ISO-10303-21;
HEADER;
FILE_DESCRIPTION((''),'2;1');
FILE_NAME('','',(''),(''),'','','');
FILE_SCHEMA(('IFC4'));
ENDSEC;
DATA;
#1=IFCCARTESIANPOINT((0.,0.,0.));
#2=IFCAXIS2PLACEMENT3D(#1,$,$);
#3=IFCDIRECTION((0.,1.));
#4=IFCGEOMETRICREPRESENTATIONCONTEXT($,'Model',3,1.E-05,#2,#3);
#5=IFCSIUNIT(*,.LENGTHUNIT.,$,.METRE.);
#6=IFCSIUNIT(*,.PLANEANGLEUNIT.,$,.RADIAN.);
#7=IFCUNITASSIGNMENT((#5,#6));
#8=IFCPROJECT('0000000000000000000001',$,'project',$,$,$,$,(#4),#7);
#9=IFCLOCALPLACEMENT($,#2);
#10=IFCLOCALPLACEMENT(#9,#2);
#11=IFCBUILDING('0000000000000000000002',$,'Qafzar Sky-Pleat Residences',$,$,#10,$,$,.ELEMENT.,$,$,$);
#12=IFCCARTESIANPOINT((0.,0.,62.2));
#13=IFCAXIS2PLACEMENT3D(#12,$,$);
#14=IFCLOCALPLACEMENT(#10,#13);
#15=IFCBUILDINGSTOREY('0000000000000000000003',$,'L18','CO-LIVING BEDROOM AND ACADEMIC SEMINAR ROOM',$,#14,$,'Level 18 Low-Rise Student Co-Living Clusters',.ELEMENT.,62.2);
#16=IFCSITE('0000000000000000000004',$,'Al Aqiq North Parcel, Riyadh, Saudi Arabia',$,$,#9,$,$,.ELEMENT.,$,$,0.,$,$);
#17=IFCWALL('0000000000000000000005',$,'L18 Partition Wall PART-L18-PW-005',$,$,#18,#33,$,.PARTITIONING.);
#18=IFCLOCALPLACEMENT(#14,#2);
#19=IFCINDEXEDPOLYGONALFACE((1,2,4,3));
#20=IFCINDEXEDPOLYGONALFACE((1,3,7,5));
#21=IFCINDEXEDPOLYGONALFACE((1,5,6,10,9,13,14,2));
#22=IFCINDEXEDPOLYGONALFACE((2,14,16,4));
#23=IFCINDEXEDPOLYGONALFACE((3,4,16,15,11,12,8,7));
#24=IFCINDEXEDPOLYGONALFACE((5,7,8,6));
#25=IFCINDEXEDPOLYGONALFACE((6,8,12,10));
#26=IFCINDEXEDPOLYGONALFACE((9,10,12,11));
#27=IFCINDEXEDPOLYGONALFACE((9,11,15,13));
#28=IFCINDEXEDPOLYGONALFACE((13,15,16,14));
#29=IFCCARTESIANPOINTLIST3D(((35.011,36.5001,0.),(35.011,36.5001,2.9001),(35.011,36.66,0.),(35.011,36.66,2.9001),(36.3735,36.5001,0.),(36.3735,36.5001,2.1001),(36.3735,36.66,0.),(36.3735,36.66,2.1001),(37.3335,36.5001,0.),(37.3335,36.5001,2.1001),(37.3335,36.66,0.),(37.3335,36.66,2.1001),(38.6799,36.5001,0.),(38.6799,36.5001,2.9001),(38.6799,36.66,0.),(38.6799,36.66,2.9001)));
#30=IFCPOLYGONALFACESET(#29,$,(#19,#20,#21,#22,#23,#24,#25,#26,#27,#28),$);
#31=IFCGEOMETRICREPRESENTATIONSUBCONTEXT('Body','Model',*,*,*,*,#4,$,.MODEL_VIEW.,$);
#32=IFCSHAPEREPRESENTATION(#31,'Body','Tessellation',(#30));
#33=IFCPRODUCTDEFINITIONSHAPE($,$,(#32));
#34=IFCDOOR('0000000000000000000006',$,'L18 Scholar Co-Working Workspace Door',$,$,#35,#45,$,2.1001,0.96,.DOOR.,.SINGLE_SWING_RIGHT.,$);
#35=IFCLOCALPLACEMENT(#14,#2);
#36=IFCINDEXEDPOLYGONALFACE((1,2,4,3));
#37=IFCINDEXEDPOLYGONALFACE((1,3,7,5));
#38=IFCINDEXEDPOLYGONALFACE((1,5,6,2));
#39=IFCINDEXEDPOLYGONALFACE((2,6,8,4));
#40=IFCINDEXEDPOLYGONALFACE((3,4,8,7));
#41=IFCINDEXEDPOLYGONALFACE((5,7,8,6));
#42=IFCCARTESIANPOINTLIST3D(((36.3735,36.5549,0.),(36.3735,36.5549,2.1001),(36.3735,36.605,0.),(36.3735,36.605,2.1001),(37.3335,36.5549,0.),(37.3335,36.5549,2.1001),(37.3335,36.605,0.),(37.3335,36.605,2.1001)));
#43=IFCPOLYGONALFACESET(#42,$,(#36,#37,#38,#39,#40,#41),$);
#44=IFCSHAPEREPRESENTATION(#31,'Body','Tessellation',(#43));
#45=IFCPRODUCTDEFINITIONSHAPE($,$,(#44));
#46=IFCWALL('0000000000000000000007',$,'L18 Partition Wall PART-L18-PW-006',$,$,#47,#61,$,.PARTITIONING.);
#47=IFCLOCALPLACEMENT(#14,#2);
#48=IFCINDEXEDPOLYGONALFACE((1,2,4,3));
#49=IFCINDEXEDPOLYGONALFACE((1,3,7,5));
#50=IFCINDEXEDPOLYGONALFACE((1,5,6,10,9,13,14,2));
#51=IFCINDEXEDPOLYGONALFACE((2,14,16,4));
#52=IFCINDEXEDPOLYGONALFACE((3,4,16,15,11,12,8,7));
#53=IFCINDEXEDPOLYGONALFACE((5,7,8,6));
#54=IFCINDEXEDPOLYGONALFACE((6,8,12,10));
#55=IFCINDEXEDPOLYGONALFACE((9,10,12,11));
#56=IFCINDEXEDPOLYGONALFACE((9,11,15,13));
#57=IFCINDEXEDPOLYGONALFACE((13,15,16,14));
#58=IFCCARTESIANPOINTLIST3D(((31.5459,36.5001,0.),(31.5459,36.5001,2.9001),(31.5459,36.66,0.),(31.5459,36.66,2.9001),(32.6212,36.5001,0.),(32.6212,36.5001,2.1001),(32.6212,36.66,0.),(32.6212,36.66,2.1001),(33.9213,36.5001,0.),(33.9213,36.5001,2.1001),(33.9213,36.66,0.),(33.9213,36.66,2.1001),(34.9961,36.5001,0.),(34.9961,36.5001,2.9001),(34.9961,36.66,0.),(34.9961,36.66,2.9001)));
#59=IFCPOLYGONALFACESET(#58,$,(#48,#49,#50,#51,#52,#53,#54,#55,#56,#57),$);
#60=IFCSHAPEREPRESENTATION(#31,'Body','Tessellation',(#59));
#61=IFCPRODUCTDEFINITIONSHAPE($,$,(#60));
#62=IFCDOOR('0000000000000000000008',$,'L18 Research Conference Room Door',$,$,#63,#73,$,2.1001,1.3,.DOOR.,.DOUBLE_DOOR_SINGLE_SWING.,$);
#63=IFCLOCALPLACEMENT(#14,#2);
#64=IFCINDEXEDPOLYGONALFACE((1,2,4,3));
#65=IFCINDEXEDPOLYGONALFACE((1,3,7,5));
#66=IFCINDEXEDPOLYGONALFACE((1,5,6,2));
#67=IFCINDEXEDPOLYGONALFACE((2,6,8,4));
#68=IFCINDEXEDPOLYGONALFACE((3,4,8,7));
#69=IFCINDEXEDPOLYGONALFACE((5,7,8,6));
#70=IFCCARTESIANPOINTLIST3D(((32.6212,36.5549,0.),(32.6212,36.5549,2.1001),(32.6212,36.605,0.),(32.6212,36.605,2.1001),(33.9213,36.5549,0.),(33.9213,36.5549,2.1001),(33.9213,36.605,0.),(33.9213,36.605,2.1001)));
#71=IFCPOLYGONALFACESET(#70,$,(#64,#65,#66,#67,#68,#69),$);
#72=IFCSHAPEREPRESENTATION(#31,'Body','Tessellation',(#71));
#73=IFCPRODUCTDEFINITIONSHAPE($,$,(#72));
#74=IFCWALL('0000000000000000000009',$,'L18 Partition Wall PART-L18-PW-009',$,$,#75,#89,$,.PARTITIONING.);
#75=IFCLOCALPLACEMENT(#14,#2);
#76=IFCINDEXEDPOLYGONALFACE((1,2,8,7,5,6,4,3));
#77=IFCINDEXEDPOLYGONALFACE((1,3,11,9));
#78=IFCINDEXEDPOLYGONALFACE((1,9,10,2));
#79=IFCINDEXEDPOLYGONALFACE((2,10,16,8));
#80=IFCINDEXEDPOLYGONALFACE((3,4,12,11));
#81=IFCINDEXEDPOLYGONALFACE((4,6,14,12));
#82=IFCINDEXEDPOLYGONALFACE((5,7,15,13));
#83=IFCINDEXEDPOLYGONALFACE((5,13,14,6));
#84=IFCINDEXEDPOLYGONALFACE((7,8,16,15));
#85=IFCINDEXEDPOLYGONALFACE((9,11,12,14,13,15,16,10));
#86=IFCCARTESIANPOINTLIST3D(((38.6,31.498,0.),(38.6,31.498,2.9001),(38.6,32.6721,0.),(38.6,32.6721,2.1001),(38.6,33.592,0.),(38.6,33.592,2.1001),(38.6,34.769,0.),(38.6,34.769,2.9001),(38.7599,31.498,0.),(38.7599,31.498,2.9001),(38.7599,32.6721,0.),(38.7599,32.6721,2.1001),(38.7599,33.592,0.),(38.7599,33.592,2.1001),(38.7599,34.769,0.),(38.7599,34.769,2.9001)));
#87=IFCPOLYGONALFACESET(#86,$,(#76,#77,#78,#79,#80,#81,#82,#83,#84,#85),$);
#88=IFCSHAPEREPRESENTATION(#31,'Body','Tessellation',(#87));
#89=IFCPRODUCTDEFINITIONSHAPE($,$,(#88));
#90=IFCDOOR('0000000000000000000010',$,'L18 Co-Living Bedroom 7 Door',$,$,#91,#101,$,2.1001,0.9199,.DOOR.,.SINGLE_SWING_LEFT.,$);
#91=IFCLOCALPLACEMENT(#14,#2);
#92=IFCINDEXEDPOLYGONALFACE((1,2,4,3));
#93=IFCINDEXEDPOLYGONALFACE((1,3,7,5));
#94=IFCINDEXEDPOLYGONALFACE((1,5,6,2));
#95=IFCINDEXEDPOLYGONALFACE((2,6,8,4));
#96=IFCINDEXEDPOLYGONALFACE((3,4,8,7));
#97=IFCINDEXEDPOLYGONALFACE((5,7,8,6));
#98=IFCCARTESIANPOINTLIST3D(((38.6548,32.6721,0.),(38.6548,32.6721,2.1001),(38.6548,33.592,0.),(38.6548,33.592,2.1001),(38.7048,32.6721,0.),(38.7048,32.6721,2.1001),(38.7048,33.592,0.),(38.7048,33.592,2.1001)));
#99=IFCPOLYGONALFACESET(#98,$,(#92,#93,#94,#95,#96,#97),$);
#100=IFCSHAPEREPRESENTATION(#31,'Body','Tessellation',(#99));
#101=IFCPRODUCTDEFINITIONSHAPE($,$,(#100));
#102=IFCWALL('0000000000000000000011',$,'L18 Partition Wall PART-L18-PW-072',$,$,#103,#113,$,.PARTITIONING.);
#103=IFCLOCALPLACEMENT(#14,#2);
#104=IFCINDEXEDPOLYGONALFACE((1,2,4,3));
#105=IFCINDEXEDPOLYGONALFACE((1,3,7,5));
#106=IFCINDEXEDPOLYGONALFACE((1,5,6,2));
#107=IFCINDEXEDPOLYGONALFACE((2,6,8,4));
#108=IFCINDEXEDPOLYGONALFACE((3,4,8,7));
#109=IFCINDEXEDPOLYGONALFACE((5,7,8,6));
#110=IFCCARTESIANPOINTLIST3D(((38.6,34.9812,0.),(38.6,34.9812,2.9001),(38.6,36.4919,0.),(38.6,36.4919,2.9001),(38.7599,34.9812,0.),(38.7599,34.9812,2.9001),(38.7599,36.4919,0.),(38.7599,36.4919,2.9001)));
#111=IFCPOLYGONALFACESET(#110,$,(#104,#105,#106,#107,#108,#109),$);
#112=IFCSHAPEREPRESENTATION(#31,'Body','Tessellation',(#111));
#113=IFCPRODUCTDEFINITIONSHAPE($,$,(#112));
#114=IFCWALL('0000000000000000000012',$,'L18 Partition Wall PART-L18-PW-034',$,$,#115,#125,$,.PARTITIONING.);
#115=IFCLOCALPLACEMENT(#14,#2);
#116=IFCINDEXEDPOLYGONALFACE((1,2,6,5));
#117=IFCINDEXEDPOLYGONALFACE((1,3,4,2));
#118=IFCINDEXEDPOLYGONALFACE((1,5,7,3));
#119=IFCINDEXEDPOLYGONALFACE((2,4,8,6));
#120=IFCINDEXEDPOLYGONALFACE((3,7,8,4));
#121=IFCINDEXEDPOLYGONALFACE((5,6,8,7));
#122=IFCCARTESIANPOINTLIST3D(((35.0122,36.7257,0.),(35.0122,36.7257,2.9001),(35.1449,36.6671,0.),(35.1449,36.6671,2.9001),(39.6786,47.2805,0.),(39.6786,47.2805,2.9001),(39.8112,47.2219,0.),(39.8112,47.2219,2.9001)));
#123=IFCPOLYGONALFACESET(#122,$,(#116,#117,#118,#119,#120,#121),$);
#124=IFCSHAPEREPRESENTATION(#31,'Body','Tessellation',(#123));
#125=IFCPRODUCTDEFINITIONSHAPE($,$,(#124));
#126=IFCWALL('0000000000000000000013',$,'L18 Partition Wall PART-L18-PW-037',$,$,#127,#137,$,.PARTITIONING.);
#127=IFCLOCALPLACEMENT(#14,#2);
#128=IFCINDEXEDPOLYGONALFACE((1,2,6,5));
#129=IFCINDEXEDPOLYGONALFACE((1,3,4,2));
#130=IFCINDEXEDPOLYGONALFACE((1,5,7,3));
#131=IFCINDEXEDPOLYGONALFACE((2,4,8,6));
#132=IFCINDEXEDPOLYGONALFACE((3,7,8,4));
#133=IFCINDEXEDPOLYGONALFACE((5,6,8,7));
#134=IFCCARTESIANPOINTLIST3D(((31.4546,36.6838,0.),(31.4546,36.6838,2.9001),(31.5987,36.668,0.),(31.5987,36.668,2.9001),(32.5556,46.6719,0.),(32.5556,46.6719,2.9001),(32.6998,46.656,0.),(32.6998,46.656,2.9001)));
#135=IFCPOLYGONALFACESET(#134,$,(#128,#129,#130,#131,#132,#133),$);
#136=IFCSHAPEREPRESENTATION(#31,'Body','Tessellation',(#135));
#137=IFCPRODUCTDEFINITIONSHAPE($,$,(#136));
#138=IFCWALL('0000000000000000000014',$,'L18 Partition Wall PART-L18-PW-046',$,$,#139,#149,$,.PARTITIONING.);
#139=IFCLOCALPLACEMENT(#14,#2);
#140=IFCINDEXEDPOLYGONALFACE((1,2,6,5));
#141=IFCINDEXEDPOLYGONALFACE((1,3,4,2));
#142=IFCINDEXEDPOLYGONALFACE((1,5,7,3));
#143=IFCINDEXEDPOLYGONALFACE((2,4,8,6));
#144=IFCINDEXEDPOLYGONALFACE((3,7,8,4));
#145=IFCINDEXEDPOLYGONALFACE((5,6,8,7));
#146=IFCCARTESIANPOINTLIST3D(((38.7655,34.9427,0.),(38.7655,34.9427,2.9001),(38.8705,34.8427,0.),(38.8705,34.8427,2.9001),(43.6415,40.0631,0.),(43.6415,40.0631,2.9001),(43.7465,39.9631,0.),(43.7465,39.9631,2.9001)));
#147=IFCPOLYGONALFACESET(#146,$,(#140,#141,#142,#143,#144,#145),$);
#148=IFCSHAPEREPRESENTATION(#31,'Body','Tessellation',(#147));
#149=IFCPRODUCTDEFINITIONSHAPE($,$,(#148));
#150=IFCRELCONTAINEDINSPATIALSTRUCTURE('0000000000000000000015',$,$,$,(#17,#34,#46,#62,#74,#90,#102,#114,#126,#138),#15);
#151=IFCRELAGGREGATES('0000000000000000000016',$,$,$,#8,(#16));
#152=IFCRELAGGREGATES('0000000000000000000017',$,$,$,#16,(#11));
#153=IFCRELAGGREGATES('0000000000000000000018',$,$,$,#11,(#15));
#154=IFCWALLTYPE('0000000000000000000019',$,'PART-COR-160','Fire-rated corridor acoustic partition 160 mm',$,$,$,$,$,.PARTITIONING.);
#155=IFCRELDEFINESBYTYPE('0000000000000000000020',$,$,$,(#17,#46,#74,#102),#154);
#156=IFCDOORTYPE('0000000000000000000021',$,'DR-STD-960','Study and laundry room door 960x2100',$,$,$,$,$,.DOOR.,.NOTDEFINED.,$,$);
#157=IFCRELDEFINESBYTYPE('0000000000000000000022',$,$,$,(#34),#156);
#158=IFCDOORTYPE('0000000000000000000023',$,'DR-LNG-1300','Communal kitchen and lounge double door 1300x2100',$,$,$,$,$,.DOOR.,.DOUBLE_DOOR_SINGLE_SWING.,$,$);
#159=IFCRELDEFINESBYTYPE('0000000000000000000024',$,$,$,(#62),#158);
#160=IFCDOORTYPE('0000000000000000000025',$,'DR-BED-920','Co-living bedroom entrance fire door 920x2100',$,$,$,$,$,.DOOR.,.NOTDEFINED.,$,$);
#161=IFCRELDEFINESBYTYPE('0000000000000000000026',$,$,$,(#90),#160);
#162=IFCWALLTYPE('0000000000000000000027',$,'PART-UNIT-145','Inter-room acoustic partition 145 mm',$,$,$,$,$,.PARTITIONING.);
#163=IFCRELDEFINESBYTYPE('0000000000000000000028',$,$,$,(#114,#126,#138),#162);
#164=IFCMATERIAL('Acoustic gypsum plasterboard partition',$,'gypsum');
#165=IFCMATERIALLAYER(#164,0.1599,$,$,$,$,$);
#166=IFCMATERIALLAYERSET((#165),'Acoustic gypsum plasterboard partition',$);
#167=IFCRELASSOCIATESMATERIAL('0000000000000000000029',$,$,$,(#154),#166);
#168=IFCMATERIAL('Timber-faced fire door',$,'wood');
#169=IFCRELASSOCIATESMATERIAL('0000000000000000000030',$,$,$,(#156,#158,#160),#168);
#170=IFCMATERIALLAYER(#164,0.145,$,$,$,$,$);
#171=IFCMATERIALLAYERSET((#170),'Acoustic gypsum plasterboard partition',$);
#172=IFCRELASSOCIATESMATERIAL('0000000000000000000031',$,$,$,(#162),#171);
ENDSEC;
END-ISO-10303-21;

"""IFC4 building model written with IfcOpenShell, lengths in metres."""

from ifc_helpers import new_model, si_unit, direction, frame, frame_2d, origin, place, context, subcontext, project, spatial, rectangle, extrude, source, transform, mapped, material, layer, layer_set, type_object, element, fill, save


model = new_model("IFC4")

# Units and contexts
model_context = context("Model", 3, precision=1e-05, world=origin(), true_north=direction((0.0, 1.0)))
body_context = subcontext(model_context, "Body", "Model", "MODEL_VIEW")
ifc_project = project(units=[si_unit("LENGTHUNIT", "METRE"), si_unit("PLANEANGLEUNIT", "RADIAN")], contexts=[model_context])

# Site, building, storey
site_placement = place(None, origin())
site = spatial("IfcSite", under=ifc_project, at=site_placement, Name="Al Aqiq North Parcel, Riyadh, Saudi Arabia", CompositionType="ELEMENT", RefElevation=0.0)
building_placement = place(site_placement, origin())
building = spatial("IfcBuilding", under=site, at=building_placement, Name="Qafzar Sky-Pleat Residences", CompositionType="ELEMENT")
storey_placement = place(building_placement, frame((0.0, 0.0, 62.2)))
storey = spatial("IfcBuildingStorey", under=building, at=storey_placement, Name="L18", Description="CO-LIVING BEDROOM AND ACADEMIC SEMINAR ROOM", LongName="Level 18 Low-Rise Student Co-Living Clusters", CompositionType="ELEMENT", Elevation=62.2)

# Walls, openings, doors
ifc_material_1 = material(Name="Acoustic gypsum plasterboard partition", Category="gypsum")
ifc_layer_1 = layer(ifc_material_1, 0.1599)
ifc_layer_set_1 = layer_set([ifc_layer_1], Name="Acoustic gypsum plasterboard partition")
wall_type_1 = type_object("IfcWallType", Name="PART-COR-160", Description="Fire-rated corridor acoustic partition 160 mm", PredefinedType="PARTITIONING", material=ifc_layer_set_1)
wall_1_placement = place(storey_placement, frame((35.011, 36.5801, 0.0), z_axis=(0.0, 0.0, 1.0), x_axis=(1.0, 0.0, 0.0)))
wall_1 = element("IfcWall", 1, at=wall_1_placement, inside=storey, type_object=wall_type_1, Name="L18 Partition Wall PART-L18-PW-005", PredefinedType="PARTITIONING", context=body_context, shape_type="SweptSolid", body=[
    extrude(rectangle(XDim=3.6689, YDim=0.1599, at=frame_2d((1.8345, 0.0))), origin(), (0.0, 0.0, 1.0), 2.9001),
])
opening_1_placement = place(wall_1_placement, frame((1.3625, 0.0, 0.0)))
opening_1 = element("IfcOpeningElement", 2, at=opening_1_placement, cuts=wall_1, PredefinedType="OPENING", context=body_context, shape_type="SweptSolid", body=[
    extrude(rectangle(XDim=0.96, YDim=2.1001, at=frame_2d((0.48, 1.05))), frame((0.0, 0.0898, 0.0), z_axis=(0.0, -1.0, 0.0), x_axis=(1.0, 0.0, 0.0)), (0.0, 0.0, 1.0), 0.1799),
])
ifc_material_2 = material(Name="Timber-faced fire door", Category="wood")
door_type_1 = type_object("IfcDoorType", Name="DR-STD-960", Description="Study and laundry room door 960x2100", OperationType="NOTDEFINED", PredefinedType="DOOR", material=ifc_material_2)
shared_shape_1 = source(origin(), body_context, "Body", "SweptSolid", [
    extrude(rectangle(XDim=0.96, YDim=2.1001, at=frame_2d((0.48, 1.05))), frame((0.0, 0.0249, 0.0), z_axis=(0.0, -1.0, 0.0), x_axis=(1.0, 0.0, 0.0)), (0.0, 0.0, 1.0), 0.05),
])
door_1_placement = place(opening_1_placement, origin())
door_1 = element("IfcDoor", 3, at=door_1_placement, inside=storey, type_object=door_type_1, Name="L18 Scholar Co-Working Workspace Door", OperationType="SINGLE_SWING_RIGHT", OverallHeight=2.1001, OverallWidth=0.96, PredefinedType="DOOR", context=body_context, shape_type="MappedRepresentation", body=[
    mapped(shared_shape_1, transform((0.0, 0.0, 0.0), x_axis=(1.0, 0.0, 0.0), y_axis=(0.0, 1.0, 0.0), z_axis=(0.0, 0.0, 1.0), scale=1.0)),
])
fill(opening_1, door_1)
wall_2_placement = place(storey_placement, frame((31.5459, 36.5801, 0.0), z_axis=(0.0, 0.0, 1.0), x_axis=(1.0, 0.0, 0.0)))
wall_2 = element("IfcWall", 4, at=wall_2_placement, inside=storey, type_object=wall_type_1, Name="L18 Partition Wall PART-L18-PW-006", PredefinedType="PARTITIONING", context=body_context, shape_type="SweptSolid", body=[
    extrude(rectangle(XDim=3.4502, YDim=0.1599, at=frame_2d((1.7251, 0.0))), origin(), (0.0, 0.0, 1.0), 2.9001),
])
opening_2_placement = place(wall_2_placement, frame((1.0754, 0.0, 0.0)))
opening_2 = element("IfcOpeningElement", 5, at=opening_2_placement, cuts=wall_2, PredefinedType="OPENING", context=body_context, shape_type="SweptSolid", body=[
    extrude(rectangle(XDim=1.3, YDim=2.1001, at=frame_2d((0.6499, 1.05))), frame((0.0, 0.0898, 0.0), z_axis=(0.0, -1.0, 0.0), x_axis=(1.0, 0.0, 0.0)), (0.0, 0.0, 1.0), 0.1799),
])
door_type_2 = type_object("IfcDoorType", Name="DR-LNG-1300", Description="Communal kitchen and lounge double door 1300x2100", OperationType="DOUBLE_DOOR_SINGLE_SWING", PredefinedType="DOOR", material=ifc_material_2)
shared_shape_2 = source(origin(), body_context, "Body", "SweptSolid", [
    extrude(rectangle(XDim=1.3, YDim=2.1001, at=frame_2d((0.6499, 1.05))), frame((0.0, 0.0249, 0.0), z_axis=(0.0, -1.0, 0.0), x_axis=(1.0, 0.0, 0.0)), (0.0, 0.0, 1.0), 0.05),
])
door_2_placement = place(opening_2_placement, origin())
door_2 = element("IfcDoor", 6, at=door_2_placement, inside=storey, type_object=door_type_2, Name="L18 Research Conference Room Door", OperationType="DOUBLE_DOOR_SINGLE_SWING", OverallHeight=2.1001, OverallWidth=1.3, PredefinedType="DOOR", context=body_context, shape_type="MappedRepresentation", body=[
    mapped(shared_shape_2, transform((0.0, 0.0, 0.0), x_axis=(1.0, 0.0, 0.0), y_axis=(0.0, 1.0, 0.0), z_axis=(0.0, 0.0, 1.0), scale=1.0)),
])
fill(opening_2, door_2)
wall_3_placement = place(storey_placement, frame((38.6799, 34.769, 0.0), z_axis=(0.0, 0.0, 1.0), x_axis=(0.0, -1.0, 0.0)))
wall_3 = element("IfcWall", 7, at=wall_3_placement, inside=storey, type_object=wall_type_1, Name="L18 Partition Wall PART-L18-PW-009", PredefinedType="PARTITIONING", context=body_context, shape_type="SweptSolid", body=[
    extrude(rectangle(XDim=3.271, YDim=0.1599, at=frame_2d((1.6355, 0.0))), origin(), (0.0, 0.0, 1.0), 2.9001),
])
opening_3_placement = place(wall_3_placement, frame((1.177, 0.0, 0.0)))
opening_3 = element("IfcOpeningElement", 8, at=opening_3_placement, cuts=wall_3, PredefinedType="OPENING", context=body_context, shape_type="SweptSolid", body=[
    extrude(rectangle(XDim=0.9199, YDim=2.1001, at=frame_2d((0.46, 1.05))), frame((0.0, 0.0898, 0.0), z_axis=(0.0, -1.0, 0.0), x_axis=(1.0, 0.0, 0.0)), (0.0, 0.0, 1.0), 0.1799),
])
door_type_3 = type_object("IfcDoorType", Name="DR-BED-920", Description="Co-living bedroom entrance fire door 920x2100", OperationType="NOTDEFINED", PredefinedType="DOOR", material=ifc_material_2)
shared_shape_3 = source(origin(), body_context, "Body", "SweptSolid", [
    extrude(rectangle(XDim=0.9199, YDim=2.1001, at=frame_2d((0.46, 1.05))), frame((0.0, 0.0249, 0.0), z_axis=(0.0, -1.0, 0.0), x_axis=(1.0, 0.0, 0.0)), (0.0, 0.0, 1.0), 0.05),
])
door_3_placement = place(opening_3_placement, origin())
door_3 = element("IfcDoor", 9, at=door_3_placement, inside=storey, type_object=door_type_3, Name="L18 Co-Living Bedroom 7 Door", OperationType="SINGLE_SWING_LEFT", OverallHeight=2.1001, OverallWidth=0.9199, PredefinedType="DOOR", context=body_context, shape_type="MappedRepresentation", body=[
    mapped(shared_shape_3, transform((0.0, 0.0, 0.0), x_axis=(1.0, 0.0, 0.0), y_axis=(0.0, 1.0, 0.0), z_axis=(0.0, 0.0, 1.0), scale=1.0)),
])
fill(opening_3, door_3)

# Walls
wall_4_placement = place(storey_placement, frame((38.6799, 34.9812, 0.0), z_axis=(0.0, 0.0, 1.0), x_axis=(0.0, 1.0, 0.0)))
element("IfcWall", 10, at=wall_4_placement, inside=storey, type_object=wall_type_1, Name="L18 Partition Wall PART-L18-PW-072", PredefinedType="PARTITIONING", context=body_context, shape_type="SweptSolid", body=[
    extrude(rectangle(XDim=1.5107, YDim=0.1599, at=frame_2d((0.7554, 0.0))), origin(), (0.0, 0.0, 1.0), 2.9001),
])
ifc_layer_2 = layer(ifc_material_1, 0.145)
ifc_layer_set_2 = layer_set([ifc_layer_2], Name="Acoustic gypsum plasterboard partition")
wall_type_2 = type_object("IfcWallType", Name="PART-UNIT-145", Description="Inter-room acoustic partition 145 mm", PredefinedType="PARTITIONING", material=ifc_layer_set_2)
wall_5_placement = place(storey_placement, frame((35.0786, 36.6965, 0.0), z_axis=(0.0, 0.0, 1.0), x_axis=(0.404349, 0.914605, 0.0)))
element("IfcWall", 11, at=wall_5_placement, inside=storey, type_object=wall_type_2, Name="L18 Partition Wall PART-L18-PW-034", PredefinedType="PARTITIONING", context=body_context, shape_type="SweptSolid", body=[
    extrude(rectangle(XDim=11.5403, YDim=0.145, at=frame_2d((5.77, 0.0))), origin(), (0.0, 0.0, 1.0), 2.9001),
])
wall_6_placement = place(storey_placement, frame((31.5266, 36.6758, 0.0), z_axis=(0.0, 0.0, 1.0), x_axis=(0.109575, 0.993978, 0.0)))
element("IfcWall", 12, at=wall_6_placement, inside=storey, type_object=wall_type_2, Name="L18 Partition Wall PART-L18-PW-037", PredefinedType="PARTITIONING", context=body_context, shape_type="SweptSolid", body=[
    extrude(rectangle(XDim=10.0486, YDim=0.145, at=frame_2d((5.0244, 0.0))), origin(), (0.0, 0.0, 1.0), 2.9001),
])
wall_7_placement = place(storey_placement, frame((38.8181, 34.8928, 0.0), z_axis=(0.0, 0.0, 1.0), x_axis=(0.689614, 0.724177, 0.0)))
element("IfcWall", 13, at=wall_7_placement, inside=storey, type_object=wall_type_2, Name="L18 Partition Wall PART-L18-PW-046", PredefinedType="PARTITIONING", context=body_context, shape_type="SweptSolid", body=[
    extrude(rectangle(XDim=7.0706, YDim=0.145, at=frame_2d((3.5352, 0.0))), origin(), (0.0, 0.0, 1.0), 2.9001),
])

save(model, "model.ifc")
